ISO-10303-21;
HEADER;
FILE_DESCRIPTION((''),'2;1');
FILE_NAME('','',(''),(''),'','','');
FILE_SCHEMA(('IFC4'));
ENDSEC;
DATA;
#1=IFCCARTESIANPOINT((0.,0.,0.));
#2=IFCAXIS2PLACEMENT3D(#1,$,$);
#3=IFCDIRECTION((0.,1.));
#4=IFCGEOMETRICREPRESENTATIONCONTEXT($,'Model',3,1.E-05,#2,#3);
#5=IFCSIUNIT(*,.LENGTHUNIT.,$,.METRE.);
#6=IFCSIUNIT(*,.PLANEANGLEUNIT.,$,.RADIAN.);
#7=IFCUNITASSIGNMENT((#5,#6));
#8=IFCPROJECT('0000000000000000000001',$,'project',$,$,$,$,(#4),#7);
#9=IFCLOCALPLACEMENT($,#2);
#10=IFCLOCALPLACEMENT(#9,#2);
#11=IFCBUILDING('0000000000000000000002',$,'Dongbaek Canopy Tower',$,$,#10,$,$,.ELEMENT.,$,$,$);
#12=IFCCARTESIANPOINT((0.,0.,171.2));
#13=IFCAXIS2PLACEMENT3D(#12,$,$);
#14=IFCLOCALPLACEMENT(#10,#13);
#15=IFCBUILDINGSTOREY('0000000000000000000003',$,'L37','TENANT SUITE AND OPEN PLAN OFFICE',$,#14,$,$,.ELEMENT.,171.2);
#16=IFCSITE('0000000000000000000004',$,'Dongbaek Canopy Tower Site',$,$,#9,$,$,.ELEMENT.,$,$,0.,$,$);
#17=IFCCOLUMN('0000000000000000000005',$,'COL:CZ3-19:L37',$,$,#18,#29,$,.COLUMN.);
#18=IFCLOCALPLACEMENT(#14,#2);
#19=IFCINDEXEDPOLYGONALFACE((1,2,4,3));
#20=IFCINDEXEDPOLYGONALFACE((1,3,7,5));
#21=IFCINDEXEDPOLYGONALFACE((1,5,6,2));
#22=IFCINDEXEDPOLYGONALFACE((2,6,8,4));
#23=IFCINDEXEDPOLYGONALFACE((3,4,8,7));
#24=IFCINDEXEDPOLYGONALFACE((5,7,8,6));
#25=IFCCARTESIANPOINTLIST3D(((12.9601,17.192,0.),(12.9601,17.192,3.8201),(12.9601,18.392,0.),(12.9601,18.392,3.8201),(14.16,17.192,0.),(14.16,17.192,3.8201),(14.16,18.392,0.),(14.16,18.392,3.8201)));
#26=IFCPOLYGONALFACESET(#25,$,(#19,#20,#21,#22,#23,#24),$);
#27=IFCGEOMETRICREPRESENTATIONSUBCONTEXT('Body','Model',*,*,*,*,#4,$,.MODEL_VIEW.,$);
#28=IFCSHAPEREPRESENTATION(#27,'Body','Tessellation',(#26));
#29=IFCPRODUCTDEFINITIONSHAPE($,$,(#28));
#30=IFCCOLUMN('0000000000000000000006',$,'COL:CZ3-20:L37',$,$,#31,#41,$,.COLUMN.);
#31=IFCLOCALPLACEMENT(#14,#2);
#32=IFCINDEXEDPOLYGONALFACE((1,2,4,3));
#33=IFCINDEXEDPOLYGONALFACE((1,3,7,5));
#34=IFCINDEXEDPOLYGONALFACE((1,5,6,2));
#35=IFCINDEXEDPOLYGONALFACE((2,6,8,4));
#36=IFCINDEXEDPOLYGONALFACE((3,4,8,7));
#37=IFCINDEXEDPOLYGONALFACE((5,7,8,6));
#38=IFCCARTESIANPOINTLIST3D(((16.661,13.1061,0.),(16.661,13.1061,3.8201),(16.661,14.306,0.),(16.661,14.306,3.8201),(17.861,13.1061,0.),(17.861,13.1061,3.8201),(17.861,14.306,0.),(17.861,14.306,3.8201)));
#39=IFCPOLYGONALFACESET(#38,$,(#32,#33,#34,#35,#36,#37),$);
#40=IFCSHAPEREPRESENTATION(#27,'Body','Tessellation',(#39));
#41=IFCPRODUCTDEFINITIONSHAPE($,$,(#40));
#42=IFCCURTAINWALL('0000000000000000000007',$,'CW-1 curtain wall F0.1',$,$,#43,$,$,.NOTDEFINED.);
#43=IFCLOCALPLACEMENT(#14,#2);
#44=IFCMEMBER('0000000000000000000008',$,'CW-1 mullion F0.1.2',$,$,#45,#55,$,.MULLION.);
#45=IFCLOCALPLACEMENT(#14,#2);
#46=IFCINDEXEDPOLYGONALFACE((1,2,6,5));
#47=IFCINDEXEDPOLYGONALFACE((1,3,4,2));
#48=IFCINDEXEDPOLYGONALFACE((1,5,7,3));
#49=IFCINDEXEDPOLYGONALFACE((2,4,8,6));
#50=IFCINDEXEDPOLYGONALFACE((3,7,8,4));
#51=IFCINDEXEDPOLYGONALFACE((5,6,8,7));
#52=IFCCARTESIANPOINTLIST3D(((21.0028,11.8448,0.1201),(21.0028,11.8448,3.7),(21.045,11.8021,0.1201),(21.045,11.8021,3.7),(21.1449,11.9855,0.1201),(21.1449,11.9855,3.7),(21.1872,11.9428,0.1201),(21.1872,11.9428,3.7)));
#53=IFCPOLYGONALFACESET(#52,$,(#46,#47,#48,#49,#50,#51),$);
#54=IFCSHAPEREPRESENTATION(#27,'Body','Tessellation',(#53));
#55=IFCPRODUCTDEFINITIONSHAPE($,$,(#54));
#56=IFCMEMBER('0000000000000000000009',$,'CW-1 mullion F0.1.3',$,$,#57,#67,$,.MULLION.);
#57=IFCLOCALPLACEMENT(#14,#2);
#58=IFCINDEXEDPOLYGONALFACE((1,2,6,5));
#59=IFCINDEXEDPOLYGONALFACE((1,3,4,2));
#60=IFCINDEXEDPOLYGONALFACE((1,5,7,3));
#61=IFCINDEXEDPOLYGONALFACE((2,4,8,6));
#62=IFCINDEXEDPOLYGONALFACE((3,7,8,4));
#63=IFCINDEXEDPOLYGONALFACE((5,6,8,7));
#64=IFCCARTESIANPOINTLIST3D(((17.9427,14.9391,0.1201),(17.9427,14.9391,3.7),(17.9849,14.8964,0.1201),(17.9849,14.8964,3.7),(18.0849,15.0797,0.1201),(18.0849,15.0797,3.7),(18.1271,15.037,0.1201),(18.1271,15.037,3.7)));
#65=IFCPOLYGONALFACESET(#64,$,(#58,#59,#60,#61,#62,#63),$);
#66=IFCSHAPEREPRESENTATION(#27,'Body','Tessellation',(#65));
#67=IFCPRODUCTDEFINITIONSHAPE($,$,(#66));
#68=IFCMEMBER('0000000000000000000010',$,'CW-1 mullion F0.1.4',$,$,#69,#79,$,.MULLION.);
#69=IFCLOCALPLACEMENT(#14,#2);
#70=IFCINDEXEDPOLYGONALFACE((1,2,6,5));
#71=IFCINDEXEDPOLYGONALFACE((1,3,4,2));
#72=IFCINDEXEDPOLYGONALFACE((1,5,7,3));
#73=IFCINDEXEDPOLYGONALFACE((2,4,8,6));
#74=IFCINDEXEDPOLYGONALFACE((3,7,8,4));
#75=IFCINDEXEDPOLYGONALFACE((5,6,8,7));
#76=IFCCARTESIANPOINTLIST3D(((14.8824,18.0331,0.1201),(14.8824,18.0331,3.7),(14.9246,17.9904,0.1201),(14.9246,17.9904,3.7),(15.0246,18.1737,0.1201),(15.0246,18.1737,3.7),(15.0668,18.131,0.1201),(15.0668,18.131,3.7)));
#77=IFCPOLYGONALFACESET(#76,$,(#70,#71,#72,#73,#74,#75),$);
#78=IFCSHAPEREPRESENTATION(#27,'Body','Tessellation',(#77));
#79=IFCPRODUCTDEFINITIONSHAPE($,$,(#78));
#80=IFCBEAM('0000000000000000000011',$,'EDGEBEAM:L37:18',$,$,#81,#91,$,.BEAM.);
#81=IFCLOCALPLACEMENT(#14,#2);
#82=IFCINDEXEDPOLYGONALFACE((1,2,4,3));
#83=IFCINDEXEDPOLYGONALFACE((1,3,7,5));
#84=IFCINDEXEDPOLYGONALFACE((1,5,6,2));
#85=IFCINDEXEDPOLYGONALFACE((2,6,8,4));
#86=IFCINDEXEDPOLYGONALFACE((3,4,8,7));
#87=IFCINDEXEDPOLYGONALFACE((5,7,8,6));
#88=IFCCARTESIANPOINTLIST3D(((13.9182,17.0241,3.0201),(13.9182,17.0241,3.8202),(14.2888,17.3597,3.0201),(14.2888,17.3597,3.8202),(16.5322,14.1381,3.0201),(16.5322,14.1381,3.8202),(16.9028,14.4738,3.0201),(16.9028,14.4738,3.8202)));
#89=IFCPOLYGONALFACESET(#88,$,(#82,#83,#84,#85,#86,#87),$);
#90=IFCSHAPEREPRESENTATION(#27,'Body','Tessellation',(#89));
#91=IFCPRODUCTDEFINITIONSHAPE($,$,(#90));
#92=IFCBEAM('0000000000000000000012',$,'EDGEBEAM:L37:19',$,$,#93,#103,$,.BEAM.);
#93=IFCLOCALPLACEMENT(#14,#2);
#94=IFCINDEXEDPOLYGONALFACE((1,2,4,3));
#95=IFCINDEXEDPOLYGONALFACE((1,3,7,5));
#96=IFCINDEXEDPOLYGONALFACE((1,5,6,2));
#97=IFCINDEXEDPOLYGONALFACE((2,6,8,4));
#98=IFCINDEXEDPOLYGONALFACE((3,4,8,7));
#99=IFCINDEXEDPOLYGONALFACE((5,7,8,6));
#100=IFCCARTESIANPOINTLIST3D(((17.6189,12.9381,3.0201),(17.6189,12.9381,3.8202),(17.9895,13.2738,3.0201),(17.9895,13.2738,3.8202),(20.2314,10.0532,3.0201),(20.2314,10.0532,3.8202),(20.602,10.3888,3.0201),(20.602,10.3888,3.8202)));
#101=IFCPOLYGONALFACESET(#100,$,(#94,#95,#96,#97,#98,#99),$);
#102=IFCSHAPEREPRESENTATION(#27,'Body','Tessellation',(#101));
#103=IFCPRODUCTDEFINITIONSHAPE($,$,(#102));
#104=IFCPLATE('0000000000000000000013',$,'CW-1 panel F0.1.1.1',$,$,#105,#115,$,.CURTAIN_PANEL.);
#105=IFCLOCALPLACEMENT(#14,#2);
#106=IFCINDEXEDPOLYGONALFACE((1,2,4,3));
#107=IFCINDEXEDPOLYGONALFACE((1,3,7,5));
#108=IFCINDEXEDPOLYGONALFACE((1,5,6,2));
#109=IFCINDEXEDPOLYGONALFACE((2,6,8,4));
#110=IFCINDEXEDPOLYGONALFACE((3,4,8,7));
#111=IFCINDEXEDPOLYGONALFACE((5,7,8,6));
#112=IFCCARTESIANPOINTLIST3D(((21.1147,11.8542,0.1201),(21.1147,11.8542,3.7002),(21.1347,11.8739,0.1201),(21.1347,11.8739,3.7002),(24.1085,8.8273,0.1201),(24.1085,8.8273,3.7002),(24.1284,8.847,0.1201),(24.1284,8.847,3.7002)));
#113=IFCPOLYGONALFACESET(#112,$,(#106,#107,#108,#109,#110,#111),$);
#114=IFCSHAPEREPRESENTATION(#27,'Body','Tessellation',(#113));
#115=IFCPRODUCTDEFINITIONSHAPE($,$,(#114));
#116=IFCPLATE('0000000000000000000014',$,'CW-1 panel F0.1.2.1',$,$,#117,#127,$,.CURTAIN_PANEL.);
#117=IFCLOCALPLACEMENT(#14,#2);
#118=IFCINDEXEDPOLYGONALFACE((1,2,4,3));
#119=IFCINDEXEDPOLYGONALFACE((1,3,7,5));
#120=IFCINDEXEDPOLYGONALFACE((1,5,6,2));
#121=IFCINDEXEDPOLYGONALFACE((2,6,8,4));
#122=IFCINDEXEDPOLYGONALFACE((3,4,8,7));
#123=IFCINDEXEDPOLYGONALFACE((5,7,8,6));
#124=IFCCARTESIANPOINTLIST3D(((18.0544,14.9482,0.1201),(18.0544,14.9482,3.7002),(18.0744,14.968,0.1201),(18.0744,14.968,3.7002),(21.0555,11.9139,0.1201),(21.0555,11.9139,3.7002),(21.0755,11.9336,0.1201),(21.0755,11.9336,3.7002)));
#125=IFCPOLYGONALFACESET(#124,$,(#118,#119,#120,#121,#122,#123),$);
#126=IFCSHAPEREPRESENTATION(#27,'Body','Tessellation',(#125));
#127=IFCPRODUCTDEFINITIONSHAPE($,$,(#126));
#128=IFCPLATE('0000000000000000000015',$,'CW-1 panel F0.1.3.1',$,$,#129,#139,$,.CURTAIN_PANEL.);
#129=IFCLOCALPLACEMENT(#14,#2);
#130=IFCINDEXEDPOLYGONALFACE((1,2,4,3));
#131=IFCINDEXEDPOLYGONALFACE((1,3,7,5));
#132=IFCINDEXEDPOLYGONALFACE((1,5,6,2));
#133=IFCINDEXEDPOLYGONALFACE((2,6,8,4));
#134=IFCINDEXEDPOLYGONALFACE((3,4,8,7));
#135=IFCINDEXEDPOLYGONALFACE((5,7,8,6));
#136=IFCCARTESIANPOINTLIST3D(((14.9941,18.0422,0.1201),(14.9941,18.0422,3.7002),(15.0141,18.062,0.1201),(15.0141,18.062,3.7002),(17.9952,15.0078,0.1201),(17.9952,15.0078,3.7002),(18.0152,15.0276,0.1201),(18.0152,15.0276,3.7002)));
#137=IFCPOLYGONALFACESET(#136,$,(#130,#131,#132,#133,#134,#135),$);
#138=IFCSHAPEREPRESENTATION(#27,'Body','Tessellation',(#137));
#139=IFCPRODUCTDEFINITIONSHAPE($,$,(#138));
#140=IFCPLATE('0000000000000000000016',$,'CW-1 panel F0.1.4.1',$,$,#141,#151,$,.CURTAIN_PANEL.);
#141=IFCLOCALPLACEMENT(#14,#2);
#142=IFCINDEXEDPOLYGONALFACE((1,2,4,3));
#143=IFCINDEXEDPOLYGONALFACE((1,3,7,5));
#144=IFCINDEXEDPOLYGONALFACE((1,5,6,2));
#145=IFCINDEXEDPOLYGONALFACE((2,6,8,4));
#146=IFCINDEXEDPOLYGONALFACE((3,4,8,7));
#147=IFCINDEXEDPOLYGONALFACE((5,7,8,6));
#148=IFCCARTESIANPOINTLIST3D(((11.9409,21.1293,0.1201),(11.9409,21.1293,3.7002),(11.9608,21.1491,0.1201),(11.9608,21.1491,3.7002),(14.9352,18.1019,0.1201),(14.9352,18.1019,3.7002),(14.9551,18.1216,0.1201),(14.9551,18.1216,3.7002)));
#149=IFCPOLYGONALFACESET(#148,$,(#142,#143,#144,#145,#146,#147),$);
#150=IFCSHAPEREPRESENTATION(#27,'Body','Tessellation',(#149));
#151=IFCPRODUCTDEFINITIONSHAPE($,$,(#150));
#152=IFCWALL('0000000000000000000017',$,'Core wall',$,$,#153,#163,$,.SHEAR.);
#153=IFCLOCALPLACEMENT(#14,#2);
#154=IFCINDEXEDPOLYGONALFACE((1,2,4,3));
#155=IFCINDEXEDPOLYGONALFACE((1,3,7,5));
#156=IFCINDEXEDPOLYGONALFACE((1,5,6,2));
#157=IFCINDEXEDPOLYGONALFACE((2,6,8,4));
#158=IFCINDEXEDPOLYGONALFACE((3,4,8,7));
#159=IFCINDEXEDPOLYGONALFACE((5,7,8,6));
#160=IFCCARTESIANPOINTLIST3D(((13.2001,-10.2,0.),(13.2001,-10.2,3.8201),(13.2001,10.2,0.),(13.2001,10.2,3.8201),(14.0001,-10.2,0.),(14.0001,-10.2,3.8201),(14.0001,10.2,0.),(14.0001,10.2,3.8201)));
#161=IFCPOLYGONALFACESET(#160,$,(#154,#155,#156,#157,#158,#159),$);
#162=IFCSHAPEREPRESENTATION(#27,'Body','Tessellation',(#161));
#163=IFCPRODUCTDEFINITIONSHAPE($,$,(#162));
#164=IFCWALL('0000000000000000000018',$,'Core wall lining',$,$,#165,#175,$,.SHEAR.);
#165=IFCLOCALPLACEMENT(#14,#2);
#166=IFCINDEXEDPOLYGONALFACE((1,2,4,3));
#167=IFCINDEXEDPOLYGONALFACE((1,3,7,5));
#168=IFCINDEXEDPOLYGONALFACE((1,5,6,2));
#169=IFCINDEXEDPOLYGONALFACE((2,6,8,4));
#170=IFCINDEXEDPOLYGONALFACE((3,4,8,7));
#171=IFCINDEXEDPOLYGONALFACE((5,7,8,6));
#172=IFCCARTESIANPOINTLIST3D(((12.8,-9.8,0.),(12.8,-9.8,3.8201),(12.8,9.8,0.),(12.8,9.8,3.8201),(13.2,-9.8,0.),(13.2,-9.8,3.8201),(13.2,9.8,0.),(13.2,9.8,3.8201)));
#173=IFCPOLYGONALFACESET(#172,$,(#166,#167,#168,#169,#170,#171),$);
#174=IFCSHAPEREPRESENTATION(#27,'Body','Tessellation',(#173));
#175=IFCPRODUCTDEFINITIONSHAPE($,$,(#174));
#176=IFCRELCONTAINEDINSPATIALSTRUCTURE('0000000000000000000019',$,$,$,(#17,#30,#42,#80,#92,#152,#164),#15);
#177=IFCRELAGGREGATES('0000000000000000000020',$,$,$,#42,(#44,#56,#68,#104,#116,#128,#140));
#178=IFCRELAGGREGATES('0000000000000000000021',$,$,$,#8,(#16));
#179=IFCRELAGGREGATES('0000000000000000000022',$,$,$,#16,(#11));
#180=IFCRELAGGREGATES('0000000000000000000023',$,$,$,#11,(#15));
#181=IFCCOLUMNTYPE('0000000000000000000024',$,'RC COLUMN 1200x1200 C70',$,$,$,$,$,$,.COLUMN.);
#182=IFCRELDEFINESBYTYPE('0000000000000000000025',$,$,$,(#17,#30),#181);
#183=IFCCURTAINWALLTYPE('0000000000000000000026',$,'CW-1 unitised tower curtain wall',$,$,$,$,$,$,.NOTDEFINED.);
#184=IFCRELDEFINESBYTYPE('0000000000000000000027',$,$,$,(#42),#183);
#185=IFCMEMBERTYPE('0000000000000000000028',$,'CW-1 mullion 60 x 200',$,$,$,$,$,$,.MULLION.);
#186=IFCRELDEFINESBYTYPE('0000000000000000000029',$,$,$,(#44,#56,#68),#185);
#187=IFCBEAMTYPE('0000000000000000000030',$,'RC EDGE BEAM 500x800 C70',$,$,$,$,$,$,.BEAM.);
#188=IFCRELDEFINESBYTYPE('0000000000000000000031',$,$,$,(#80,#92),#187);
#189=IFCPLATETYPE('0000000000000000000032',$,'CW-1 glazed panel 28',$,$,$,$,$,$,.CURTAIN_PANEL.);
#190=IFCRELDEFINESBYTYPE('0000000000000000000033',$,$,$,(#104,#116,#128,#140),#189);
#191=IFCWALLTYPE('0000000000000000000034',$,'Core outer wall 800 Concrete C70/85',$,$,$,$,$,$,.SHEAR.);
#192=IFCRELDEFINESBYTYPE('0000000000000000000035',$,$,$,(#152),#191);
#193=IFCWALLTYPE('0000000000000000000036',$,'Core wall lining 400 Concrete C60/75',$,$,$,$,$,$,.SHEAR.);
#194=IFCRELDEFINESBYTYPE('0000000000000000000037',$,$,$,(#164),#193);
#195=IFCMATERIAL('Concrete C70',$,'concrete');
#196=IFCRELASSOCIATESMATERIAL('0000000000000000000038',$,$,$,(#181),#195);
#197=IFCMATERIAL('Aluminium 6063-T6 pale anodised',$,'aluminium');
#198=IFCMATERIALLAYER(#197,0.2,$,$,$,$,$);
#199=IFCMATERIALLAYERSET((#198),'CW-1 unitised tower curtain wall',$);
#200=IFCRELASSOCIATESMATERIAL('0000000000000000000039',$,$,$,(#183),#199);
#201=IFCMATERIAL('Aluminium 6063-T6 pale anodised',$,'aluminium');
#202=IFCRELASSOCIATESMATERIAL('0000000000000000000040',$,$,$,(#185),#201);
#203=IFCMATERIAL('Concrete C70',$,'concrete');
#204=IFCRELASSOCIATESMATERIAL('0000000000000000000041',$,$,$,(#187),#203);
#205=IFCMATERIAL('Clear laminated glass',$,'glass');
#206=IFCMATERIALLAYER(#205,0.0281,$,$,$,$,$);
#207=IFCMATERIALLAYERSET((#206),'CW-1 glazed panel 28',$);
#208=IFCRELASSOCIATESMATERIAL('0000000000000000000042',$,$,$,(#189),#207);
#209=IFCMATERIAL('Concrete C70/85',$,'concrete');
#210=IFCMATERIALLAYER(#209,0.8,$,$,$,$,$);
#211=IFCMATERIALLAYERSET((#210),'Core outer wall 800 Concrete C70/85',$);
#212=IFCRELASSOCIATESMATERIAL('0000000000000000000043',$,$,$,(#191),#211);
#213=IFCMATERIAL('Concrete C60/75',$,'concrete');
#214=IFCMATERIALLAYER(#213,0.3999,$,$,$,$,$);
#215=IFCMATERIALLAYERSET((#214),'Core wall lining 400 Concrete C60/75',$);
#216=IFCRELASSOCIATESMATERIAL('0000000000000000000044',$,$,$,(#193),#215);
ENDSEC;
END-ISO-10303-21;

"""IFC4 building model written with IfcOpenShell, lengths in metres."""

from ifc_helpers import new_model, si_unit, direction, frame, frame_2d, origin, origin_2d, place, context, subcontext, project, spatial, rectangle, extrude, material, layer, layer_set, material_profile, profile_set, type_object, element, aggregate, save


model = new_model("IFC4")

# Units and contexts
model_context = context("Model", 3, precision=1e-05, world=origin(), true_north=direction((0.0, 1.0)))
body_context = subcontext(model_context, "Body", "Model", "MODEL_VIEW")
ifc_project = project(units=[si_unit("LENGTHUNIT", "METRE"), si_unit("PLANEANGLEUNIT", "RADIAN")], contexts=[model_context])

# Site, building, storey
site_placement = place(None, origin())
site = spatial("IfcSite", under=ifc_project, at=site_placement, Name="Dongbaek Canopy Tower Site", CompositionType="ELEMENT", RefElevation=0.0)
building_placement = place(site_placement, origin())
building = spatial("IfcBuilding", under=site, at=building_placement, Name="Dongbaek Canopy Tower", CompositionType="ELEMENT")
storey_placement = place(building_placement, frame((0.0, 0.0, 171.2)))
storey = spatial("IfcBuildingStorey", under=building, at=storey_placement, Name="L37", Description="TENANT SUITE AND OPEN PLAN OFFICE", CompositionType="ELEMENT", Elevation=171.2)

# Columns
ifc_material_1 = material(Name="Concrete C70", Category="concrete")
ifc_material_profile_1 = material_profile(ifc_material_1, rectangle(XDim=1.2, YDim=1.2, at=origin_2d()), Name="RC COLUMN 1200x1200 C70")
ifc_profile_set_1 = profile_set([ifc_material_profile_1], Name="Concrete C70")
column_type = type_object("IfcColumnType", Name="RC COLUMN 1200x1200 C70", PredefinedType="COLUMN", material=ifc_profile_set_1)
for number, where, z_axis, x_axis, name in (
    (1, (13.5601, 17.792, 0.0), (0.0, 0.0, 1.0), (1.0, 0.0, 0.0), "COL:CZ3-19:L37"),
    (2, (17.261, 13.7061, 0.0), (0.0, 0.0, 1.0), (1.0, 0.0, 0.0), "COL:CZ3-20:L37"),
):
    element("IfcColumn", number, at=place(storey_placement, frame(where, z_axis=z_axis, x_axis=x_axis)), inside=storey, type_object=column_type, Name=name, PredefinedType="COLUMN", context=body_context, shape_type="SweptSolid", body=[
        extrude(rectangle(XDim=1.2, YDim=1.2, at=origin_2d()), origin(), (0.0, 0.0, 1.0), 3.8201),
    ])

# Curtain wall, members
ifc_material_2 = material(Name="Aluminium 6063-T6 pale anodised", Category="aluminium")
ifc_layer_1 = layer(ifc_material_2, 0.2)
ifc_layer_set_1 = layer_set([ifc_layer_1], Name="CW-1 unitised tower curtain wall")
curtain_wall_type = type_object("IfcCurtainWallType", Name="CW-1 unitised tower curtain wall", PredefinedType="NOTDEFINED", material=ifc_layer_set_1)
curtain_wall_placement = place(storey_placement, origin())
curtain_wall = element("IfcCurtainWall", 3, at=curtain_wall_placement, inside=storey, type_object=curtain_wall_type, Name="CW-1 curtain wall F0.1", PredefinedType="NOTDEFINED")
ifc_material_3 = material(Name="Aluminium 6063-T6 pale anodised", Category="aluminium")
ifc_material_profile_2 = material_profile(ifc_material_3, rectangle(XDim=0.2, YDim=0.0601, at=origin_2d()), Name="CW-1 mullion 60 x 200")
ifc_profile_set_2 = profile_set([ifc_material_profile_2], Name="Aluminium 6063-T6 pale anodised")
member_type = type_object("IfcMemberType", Name="CW-1 mullion 60 x 200", PredefinedType="MULLION", material=ifc_profile_set_2)
member_1_placement = place(storey_placement, frame((21.095, 11.8938, 0.1201), z_axis=(0.0, 0.0, 1.0), x_axis=(0.710991, 0.703201, 0.0)))
member_1 = element("IfcMember", 4, at=member_1_placement, type_object=member_type, Name="CW-1 mullion F0.1.2", PredefinedType="MULLION", context=body_context, shape_type="SweptSolid", body=[
    extrude(rectangle(XDim=0.2, YDim=0.0601, at=origin_2d()), origin(), (0.0, 0.0, 1.0), 3.5798),
])
member_2_placement = place(storey_placement, frame((18.0349, 14.988, 0.1201), z_axis=(0.0, 0.0, 1.0), x_axis=(0.710991, 0.703201, 0.0)))
member_2 = element("IfcMember", 5, at=member_2_placement, type_object=member_type, Name="CW-1 mullion F0.1.3", PredefinedType="MULLION", context=body_context, shape_type="SweptSolid", body=[
    extrude(rectangle(XDim=0.2, YDim=0.0601, at=origin_2d()), origin(), (0.0, 0.0, 1.0), 3.5798),
])
member_3_placement = place(storey_placement, frame((14.9746, 18.082, 0.1201), z_axis=(0.0, 0.0, 1.0), x_axis=(0.710991, 0.703201, 0.0)))
member_3 = element("IfcMember", 6, at=member_3_placement, type_object=member_type, Name="CW-1 mullion F0.1.4", PredefinedType="MULLION", context=body_context, shape_type="SweptSolid", body=[
    extrude(rectangle(XDim=0.2, YDim=0.0601, at=origin_2d()), origin(), (0.0, 0.0, 1.0), 3.5798),
])

# Beams
ifc_material_4 = material(Name="Concrete C70", Category="concrete")
ifc_material_profile_3 = material_profile(ifc_material_4, rectangle(XDim=0.5, YDim=0.8, at=origin_2d()), Name="RC EDGE BEAM 500x800 C70")
ifc_profile_set_3 = profile_set([ifc_material_profile_3], Name="Concrete C70")
beam_type = type_object("IfcBeamType", Name="RC EDGE BEAM 500x800 C70", PredefinedType="BEAM", material=ifc_profile_set_3)
beam_1_placement = place(storey_placement, frame((14.1035, 17.1919, 3.4202), z_axis=(0.67132, -0.741167, 0.0), x_axis=(0.741167, 0.67132, 0.0)))
element("IfcBeam", 7, at=beam_1_placement, inside=storey, type_object=beam_type, Name="EDGEBEAM:L37:18", PredefinedType="BEAM", context=body_context, shape_type="SweptSolid", body=[
    extrude(rectangle(XDim=0.5, YDim=0.8, at=origin_2d()), origin(), (0.0, 0.0, 1.0), 3.8938),
])
beam_2_placement = place(storey_placement, frame((17.8042, 13.106, 3.4202), z_axis=(0.671238, -0.741241, 0.0), x_axis=(0.741241, 0.671238, 0.0)))
element("IfcBeam", 8, at=beam_2_placement, inside=storey, type_object=beam_type, Name="EDGEBEAM:L37:19", PredefinedType="BEAM", context=body_context, shape_type="SweptSolid", body=[
    extrude(rectangle(XDim=0.5, YDim=0.8, at=origin_2d()), origin(), (0.0, 0.0, 1.0), 3.8921),
])

# Plates
ifc_material_5 = material(Name="Clear laminated glass", Category="glass")
ifc_layer_2 = layer(ifc_material_5, 0.0281)
ifc_layer_set_2 = layer_set([ifc_layer_2], Name="CW-1 glazed panel 28")
plate_type = type_object("IfcPlateType", Name="CW-1 glazed panel 28", PredefinedType="CURTAIN_PANEL", material=ifc_layer_set_2)
plate_1_placement = place(storey_placement, frame((22.6216, 10.3506, 0.1201), z_axis=(0.0, 0.0, 1.0), x_axis=(-0.703201, 0.710991, 0.0)))
plate_1 = element("IfcPlate", 9, at=plate_1_placement, type_object=plate_type, Name="CW-1 panel F0.1.1.1", PredefinedType="CURTAIN_PANEL", context=body_context, shape_type="SweptSolid", body=[
    extrude(rectangle(XDim=4.2573, YDim=0.0281, at=origin_2d()), origin(), (0.0, 0.0, 1.0), 3.5801),
])
plate_2_placement = place(storey_placement, frame((19.5649, 13.4409, 0.1201), z_axis=(0.0, 0.0, 1.0), x_axis=(-0.703201, 0.710991, 0.0)))
plate_2 = element("IfcPlate", 10, at=plate_2_placement, type_object=plate_type, Name="CW-1 panel F0.1.2.1", PredefinedType="CURTAIN_PANEL", context=body_context, shape_type="SweptSolid", body=[
    extrude(rectangle(XDim=4.2678, YDim=0.0281, at=origin_2d()), origin(), (0.0, 0.0, 1.0), 3.5801),
])
plate_3_placement = place(storey_placement, frame((16.5046, 16.5349, 0.1201), z_axis=(0.0, 0.0, 1.0), x_axis=(-0.703201, 0.710991, 0.0)))
plate_3 = element("IfcPlate", 11, at=plate_3_placement, type_object=plate_type, Name="CW-1 panel F0.1.3.1", PredefinedType="CURTAIN_PANEL", context=body_context, shape_type="SweptSolid", body=[
    extrude(rectangle(XDim=4.2678, YDim=0.0281, at=origin_2d()), origin(), (0.0, 0.0, 1.0), 3.5801),
])
plate_4_placement = place(storey_placement, frame((13.448, 19.6255, 0.1201), z_axis=(0.0, 0.0, 1.0), x_axis=(-0.703201, 0.710991, 0.0)))
plate_4 = element("IfcPlate", 12, at=plate_4_placement, type_object=plate_type, Name="CW-1 panel F0.1.4.1", PredefinedType="CURTAIN_PANEL", context=body_context, shape_type="SweptSolid", body=[
    extrude(rectangle(XDim=4.2581, YDim=0.0281, at=origin_2d()), origin(), (0.0, 0.0, 1.0), 3.5801),
])

# Walls
ifc_material_6 = material(Name="Concrete C70/85", Category="concrete")
ifc_layer_3 = layer(ifc_material_6, 0.8)
ifc_layer_set_3 = layer_set([ifc_layer_3], Name="Core outer wall 800 Concrete C70/85")
wall_type_1 = type_object("IfcWallType", Name="Core outer wall 800 Concrete C70/85", PredefinedType="SHEAR", material=ifc_layer_set_3)
wall_1_placement = place(storey_placement, frame((13.6001, 10.2, 0.0), z_axis=(0.0, 0.0, 1.0), x_axis=(0.0, -1.0, 0.0)))
element("IfcWall", 13, at=wall_1_placement, inside=storey, type_object=wall_type_1, Name="Core wall", PredefinedType="SHEAR", context=body_context, shape_type="SweptSolid", body=[
    extrude(rectangle(XDim=20.3999, YDim=0.8, at=frame_2d((10.2, 0.0))), origin(), (0.0, 0.0, 1.0), 3.8201),
])
ifc_material_7 = material(Name="Concrete C60/75", Category="concrete")
ifc_layer_4 = layer(ifc_material_7, 0.3999)
ifc_layer_set_4 = layer_set([ifc_layer_4], Name="Core wall lining 400 Concrete C60/75")
wall_type_2 = type_object("IfcWallType", Name="Core wall lining 400 Concrete C60/75", PredefinedType="SHEAR", material=ifc_layer_set_4)
wall_2_placement = place(storey_placement, frame((13.0, 9.8, 0.0), z_axis=(0.0, 0.0, 1.0), x_axis=(0.0, -1.0, 0.0)))
element("IfcWall", 14, at=wall_2_placement, inside=storey, type_object=wall_type_2, Name="Core wall lining", PredefinedType="SHEAR", context=body_context, shape_type="SweptSolid", body=[
    extrude(rectangle(XDim=19.6001, YDim=0.3999, at=frame_2d((9.8, 0.0))), origin(), (0.0, 0.0, 1.0), 3.8201),
])

aggregate(curtain_wall, [member_1, member_2, member_3, plate_1, plate_2, plate_3, plate_4])

save(model, "model.ifc")
